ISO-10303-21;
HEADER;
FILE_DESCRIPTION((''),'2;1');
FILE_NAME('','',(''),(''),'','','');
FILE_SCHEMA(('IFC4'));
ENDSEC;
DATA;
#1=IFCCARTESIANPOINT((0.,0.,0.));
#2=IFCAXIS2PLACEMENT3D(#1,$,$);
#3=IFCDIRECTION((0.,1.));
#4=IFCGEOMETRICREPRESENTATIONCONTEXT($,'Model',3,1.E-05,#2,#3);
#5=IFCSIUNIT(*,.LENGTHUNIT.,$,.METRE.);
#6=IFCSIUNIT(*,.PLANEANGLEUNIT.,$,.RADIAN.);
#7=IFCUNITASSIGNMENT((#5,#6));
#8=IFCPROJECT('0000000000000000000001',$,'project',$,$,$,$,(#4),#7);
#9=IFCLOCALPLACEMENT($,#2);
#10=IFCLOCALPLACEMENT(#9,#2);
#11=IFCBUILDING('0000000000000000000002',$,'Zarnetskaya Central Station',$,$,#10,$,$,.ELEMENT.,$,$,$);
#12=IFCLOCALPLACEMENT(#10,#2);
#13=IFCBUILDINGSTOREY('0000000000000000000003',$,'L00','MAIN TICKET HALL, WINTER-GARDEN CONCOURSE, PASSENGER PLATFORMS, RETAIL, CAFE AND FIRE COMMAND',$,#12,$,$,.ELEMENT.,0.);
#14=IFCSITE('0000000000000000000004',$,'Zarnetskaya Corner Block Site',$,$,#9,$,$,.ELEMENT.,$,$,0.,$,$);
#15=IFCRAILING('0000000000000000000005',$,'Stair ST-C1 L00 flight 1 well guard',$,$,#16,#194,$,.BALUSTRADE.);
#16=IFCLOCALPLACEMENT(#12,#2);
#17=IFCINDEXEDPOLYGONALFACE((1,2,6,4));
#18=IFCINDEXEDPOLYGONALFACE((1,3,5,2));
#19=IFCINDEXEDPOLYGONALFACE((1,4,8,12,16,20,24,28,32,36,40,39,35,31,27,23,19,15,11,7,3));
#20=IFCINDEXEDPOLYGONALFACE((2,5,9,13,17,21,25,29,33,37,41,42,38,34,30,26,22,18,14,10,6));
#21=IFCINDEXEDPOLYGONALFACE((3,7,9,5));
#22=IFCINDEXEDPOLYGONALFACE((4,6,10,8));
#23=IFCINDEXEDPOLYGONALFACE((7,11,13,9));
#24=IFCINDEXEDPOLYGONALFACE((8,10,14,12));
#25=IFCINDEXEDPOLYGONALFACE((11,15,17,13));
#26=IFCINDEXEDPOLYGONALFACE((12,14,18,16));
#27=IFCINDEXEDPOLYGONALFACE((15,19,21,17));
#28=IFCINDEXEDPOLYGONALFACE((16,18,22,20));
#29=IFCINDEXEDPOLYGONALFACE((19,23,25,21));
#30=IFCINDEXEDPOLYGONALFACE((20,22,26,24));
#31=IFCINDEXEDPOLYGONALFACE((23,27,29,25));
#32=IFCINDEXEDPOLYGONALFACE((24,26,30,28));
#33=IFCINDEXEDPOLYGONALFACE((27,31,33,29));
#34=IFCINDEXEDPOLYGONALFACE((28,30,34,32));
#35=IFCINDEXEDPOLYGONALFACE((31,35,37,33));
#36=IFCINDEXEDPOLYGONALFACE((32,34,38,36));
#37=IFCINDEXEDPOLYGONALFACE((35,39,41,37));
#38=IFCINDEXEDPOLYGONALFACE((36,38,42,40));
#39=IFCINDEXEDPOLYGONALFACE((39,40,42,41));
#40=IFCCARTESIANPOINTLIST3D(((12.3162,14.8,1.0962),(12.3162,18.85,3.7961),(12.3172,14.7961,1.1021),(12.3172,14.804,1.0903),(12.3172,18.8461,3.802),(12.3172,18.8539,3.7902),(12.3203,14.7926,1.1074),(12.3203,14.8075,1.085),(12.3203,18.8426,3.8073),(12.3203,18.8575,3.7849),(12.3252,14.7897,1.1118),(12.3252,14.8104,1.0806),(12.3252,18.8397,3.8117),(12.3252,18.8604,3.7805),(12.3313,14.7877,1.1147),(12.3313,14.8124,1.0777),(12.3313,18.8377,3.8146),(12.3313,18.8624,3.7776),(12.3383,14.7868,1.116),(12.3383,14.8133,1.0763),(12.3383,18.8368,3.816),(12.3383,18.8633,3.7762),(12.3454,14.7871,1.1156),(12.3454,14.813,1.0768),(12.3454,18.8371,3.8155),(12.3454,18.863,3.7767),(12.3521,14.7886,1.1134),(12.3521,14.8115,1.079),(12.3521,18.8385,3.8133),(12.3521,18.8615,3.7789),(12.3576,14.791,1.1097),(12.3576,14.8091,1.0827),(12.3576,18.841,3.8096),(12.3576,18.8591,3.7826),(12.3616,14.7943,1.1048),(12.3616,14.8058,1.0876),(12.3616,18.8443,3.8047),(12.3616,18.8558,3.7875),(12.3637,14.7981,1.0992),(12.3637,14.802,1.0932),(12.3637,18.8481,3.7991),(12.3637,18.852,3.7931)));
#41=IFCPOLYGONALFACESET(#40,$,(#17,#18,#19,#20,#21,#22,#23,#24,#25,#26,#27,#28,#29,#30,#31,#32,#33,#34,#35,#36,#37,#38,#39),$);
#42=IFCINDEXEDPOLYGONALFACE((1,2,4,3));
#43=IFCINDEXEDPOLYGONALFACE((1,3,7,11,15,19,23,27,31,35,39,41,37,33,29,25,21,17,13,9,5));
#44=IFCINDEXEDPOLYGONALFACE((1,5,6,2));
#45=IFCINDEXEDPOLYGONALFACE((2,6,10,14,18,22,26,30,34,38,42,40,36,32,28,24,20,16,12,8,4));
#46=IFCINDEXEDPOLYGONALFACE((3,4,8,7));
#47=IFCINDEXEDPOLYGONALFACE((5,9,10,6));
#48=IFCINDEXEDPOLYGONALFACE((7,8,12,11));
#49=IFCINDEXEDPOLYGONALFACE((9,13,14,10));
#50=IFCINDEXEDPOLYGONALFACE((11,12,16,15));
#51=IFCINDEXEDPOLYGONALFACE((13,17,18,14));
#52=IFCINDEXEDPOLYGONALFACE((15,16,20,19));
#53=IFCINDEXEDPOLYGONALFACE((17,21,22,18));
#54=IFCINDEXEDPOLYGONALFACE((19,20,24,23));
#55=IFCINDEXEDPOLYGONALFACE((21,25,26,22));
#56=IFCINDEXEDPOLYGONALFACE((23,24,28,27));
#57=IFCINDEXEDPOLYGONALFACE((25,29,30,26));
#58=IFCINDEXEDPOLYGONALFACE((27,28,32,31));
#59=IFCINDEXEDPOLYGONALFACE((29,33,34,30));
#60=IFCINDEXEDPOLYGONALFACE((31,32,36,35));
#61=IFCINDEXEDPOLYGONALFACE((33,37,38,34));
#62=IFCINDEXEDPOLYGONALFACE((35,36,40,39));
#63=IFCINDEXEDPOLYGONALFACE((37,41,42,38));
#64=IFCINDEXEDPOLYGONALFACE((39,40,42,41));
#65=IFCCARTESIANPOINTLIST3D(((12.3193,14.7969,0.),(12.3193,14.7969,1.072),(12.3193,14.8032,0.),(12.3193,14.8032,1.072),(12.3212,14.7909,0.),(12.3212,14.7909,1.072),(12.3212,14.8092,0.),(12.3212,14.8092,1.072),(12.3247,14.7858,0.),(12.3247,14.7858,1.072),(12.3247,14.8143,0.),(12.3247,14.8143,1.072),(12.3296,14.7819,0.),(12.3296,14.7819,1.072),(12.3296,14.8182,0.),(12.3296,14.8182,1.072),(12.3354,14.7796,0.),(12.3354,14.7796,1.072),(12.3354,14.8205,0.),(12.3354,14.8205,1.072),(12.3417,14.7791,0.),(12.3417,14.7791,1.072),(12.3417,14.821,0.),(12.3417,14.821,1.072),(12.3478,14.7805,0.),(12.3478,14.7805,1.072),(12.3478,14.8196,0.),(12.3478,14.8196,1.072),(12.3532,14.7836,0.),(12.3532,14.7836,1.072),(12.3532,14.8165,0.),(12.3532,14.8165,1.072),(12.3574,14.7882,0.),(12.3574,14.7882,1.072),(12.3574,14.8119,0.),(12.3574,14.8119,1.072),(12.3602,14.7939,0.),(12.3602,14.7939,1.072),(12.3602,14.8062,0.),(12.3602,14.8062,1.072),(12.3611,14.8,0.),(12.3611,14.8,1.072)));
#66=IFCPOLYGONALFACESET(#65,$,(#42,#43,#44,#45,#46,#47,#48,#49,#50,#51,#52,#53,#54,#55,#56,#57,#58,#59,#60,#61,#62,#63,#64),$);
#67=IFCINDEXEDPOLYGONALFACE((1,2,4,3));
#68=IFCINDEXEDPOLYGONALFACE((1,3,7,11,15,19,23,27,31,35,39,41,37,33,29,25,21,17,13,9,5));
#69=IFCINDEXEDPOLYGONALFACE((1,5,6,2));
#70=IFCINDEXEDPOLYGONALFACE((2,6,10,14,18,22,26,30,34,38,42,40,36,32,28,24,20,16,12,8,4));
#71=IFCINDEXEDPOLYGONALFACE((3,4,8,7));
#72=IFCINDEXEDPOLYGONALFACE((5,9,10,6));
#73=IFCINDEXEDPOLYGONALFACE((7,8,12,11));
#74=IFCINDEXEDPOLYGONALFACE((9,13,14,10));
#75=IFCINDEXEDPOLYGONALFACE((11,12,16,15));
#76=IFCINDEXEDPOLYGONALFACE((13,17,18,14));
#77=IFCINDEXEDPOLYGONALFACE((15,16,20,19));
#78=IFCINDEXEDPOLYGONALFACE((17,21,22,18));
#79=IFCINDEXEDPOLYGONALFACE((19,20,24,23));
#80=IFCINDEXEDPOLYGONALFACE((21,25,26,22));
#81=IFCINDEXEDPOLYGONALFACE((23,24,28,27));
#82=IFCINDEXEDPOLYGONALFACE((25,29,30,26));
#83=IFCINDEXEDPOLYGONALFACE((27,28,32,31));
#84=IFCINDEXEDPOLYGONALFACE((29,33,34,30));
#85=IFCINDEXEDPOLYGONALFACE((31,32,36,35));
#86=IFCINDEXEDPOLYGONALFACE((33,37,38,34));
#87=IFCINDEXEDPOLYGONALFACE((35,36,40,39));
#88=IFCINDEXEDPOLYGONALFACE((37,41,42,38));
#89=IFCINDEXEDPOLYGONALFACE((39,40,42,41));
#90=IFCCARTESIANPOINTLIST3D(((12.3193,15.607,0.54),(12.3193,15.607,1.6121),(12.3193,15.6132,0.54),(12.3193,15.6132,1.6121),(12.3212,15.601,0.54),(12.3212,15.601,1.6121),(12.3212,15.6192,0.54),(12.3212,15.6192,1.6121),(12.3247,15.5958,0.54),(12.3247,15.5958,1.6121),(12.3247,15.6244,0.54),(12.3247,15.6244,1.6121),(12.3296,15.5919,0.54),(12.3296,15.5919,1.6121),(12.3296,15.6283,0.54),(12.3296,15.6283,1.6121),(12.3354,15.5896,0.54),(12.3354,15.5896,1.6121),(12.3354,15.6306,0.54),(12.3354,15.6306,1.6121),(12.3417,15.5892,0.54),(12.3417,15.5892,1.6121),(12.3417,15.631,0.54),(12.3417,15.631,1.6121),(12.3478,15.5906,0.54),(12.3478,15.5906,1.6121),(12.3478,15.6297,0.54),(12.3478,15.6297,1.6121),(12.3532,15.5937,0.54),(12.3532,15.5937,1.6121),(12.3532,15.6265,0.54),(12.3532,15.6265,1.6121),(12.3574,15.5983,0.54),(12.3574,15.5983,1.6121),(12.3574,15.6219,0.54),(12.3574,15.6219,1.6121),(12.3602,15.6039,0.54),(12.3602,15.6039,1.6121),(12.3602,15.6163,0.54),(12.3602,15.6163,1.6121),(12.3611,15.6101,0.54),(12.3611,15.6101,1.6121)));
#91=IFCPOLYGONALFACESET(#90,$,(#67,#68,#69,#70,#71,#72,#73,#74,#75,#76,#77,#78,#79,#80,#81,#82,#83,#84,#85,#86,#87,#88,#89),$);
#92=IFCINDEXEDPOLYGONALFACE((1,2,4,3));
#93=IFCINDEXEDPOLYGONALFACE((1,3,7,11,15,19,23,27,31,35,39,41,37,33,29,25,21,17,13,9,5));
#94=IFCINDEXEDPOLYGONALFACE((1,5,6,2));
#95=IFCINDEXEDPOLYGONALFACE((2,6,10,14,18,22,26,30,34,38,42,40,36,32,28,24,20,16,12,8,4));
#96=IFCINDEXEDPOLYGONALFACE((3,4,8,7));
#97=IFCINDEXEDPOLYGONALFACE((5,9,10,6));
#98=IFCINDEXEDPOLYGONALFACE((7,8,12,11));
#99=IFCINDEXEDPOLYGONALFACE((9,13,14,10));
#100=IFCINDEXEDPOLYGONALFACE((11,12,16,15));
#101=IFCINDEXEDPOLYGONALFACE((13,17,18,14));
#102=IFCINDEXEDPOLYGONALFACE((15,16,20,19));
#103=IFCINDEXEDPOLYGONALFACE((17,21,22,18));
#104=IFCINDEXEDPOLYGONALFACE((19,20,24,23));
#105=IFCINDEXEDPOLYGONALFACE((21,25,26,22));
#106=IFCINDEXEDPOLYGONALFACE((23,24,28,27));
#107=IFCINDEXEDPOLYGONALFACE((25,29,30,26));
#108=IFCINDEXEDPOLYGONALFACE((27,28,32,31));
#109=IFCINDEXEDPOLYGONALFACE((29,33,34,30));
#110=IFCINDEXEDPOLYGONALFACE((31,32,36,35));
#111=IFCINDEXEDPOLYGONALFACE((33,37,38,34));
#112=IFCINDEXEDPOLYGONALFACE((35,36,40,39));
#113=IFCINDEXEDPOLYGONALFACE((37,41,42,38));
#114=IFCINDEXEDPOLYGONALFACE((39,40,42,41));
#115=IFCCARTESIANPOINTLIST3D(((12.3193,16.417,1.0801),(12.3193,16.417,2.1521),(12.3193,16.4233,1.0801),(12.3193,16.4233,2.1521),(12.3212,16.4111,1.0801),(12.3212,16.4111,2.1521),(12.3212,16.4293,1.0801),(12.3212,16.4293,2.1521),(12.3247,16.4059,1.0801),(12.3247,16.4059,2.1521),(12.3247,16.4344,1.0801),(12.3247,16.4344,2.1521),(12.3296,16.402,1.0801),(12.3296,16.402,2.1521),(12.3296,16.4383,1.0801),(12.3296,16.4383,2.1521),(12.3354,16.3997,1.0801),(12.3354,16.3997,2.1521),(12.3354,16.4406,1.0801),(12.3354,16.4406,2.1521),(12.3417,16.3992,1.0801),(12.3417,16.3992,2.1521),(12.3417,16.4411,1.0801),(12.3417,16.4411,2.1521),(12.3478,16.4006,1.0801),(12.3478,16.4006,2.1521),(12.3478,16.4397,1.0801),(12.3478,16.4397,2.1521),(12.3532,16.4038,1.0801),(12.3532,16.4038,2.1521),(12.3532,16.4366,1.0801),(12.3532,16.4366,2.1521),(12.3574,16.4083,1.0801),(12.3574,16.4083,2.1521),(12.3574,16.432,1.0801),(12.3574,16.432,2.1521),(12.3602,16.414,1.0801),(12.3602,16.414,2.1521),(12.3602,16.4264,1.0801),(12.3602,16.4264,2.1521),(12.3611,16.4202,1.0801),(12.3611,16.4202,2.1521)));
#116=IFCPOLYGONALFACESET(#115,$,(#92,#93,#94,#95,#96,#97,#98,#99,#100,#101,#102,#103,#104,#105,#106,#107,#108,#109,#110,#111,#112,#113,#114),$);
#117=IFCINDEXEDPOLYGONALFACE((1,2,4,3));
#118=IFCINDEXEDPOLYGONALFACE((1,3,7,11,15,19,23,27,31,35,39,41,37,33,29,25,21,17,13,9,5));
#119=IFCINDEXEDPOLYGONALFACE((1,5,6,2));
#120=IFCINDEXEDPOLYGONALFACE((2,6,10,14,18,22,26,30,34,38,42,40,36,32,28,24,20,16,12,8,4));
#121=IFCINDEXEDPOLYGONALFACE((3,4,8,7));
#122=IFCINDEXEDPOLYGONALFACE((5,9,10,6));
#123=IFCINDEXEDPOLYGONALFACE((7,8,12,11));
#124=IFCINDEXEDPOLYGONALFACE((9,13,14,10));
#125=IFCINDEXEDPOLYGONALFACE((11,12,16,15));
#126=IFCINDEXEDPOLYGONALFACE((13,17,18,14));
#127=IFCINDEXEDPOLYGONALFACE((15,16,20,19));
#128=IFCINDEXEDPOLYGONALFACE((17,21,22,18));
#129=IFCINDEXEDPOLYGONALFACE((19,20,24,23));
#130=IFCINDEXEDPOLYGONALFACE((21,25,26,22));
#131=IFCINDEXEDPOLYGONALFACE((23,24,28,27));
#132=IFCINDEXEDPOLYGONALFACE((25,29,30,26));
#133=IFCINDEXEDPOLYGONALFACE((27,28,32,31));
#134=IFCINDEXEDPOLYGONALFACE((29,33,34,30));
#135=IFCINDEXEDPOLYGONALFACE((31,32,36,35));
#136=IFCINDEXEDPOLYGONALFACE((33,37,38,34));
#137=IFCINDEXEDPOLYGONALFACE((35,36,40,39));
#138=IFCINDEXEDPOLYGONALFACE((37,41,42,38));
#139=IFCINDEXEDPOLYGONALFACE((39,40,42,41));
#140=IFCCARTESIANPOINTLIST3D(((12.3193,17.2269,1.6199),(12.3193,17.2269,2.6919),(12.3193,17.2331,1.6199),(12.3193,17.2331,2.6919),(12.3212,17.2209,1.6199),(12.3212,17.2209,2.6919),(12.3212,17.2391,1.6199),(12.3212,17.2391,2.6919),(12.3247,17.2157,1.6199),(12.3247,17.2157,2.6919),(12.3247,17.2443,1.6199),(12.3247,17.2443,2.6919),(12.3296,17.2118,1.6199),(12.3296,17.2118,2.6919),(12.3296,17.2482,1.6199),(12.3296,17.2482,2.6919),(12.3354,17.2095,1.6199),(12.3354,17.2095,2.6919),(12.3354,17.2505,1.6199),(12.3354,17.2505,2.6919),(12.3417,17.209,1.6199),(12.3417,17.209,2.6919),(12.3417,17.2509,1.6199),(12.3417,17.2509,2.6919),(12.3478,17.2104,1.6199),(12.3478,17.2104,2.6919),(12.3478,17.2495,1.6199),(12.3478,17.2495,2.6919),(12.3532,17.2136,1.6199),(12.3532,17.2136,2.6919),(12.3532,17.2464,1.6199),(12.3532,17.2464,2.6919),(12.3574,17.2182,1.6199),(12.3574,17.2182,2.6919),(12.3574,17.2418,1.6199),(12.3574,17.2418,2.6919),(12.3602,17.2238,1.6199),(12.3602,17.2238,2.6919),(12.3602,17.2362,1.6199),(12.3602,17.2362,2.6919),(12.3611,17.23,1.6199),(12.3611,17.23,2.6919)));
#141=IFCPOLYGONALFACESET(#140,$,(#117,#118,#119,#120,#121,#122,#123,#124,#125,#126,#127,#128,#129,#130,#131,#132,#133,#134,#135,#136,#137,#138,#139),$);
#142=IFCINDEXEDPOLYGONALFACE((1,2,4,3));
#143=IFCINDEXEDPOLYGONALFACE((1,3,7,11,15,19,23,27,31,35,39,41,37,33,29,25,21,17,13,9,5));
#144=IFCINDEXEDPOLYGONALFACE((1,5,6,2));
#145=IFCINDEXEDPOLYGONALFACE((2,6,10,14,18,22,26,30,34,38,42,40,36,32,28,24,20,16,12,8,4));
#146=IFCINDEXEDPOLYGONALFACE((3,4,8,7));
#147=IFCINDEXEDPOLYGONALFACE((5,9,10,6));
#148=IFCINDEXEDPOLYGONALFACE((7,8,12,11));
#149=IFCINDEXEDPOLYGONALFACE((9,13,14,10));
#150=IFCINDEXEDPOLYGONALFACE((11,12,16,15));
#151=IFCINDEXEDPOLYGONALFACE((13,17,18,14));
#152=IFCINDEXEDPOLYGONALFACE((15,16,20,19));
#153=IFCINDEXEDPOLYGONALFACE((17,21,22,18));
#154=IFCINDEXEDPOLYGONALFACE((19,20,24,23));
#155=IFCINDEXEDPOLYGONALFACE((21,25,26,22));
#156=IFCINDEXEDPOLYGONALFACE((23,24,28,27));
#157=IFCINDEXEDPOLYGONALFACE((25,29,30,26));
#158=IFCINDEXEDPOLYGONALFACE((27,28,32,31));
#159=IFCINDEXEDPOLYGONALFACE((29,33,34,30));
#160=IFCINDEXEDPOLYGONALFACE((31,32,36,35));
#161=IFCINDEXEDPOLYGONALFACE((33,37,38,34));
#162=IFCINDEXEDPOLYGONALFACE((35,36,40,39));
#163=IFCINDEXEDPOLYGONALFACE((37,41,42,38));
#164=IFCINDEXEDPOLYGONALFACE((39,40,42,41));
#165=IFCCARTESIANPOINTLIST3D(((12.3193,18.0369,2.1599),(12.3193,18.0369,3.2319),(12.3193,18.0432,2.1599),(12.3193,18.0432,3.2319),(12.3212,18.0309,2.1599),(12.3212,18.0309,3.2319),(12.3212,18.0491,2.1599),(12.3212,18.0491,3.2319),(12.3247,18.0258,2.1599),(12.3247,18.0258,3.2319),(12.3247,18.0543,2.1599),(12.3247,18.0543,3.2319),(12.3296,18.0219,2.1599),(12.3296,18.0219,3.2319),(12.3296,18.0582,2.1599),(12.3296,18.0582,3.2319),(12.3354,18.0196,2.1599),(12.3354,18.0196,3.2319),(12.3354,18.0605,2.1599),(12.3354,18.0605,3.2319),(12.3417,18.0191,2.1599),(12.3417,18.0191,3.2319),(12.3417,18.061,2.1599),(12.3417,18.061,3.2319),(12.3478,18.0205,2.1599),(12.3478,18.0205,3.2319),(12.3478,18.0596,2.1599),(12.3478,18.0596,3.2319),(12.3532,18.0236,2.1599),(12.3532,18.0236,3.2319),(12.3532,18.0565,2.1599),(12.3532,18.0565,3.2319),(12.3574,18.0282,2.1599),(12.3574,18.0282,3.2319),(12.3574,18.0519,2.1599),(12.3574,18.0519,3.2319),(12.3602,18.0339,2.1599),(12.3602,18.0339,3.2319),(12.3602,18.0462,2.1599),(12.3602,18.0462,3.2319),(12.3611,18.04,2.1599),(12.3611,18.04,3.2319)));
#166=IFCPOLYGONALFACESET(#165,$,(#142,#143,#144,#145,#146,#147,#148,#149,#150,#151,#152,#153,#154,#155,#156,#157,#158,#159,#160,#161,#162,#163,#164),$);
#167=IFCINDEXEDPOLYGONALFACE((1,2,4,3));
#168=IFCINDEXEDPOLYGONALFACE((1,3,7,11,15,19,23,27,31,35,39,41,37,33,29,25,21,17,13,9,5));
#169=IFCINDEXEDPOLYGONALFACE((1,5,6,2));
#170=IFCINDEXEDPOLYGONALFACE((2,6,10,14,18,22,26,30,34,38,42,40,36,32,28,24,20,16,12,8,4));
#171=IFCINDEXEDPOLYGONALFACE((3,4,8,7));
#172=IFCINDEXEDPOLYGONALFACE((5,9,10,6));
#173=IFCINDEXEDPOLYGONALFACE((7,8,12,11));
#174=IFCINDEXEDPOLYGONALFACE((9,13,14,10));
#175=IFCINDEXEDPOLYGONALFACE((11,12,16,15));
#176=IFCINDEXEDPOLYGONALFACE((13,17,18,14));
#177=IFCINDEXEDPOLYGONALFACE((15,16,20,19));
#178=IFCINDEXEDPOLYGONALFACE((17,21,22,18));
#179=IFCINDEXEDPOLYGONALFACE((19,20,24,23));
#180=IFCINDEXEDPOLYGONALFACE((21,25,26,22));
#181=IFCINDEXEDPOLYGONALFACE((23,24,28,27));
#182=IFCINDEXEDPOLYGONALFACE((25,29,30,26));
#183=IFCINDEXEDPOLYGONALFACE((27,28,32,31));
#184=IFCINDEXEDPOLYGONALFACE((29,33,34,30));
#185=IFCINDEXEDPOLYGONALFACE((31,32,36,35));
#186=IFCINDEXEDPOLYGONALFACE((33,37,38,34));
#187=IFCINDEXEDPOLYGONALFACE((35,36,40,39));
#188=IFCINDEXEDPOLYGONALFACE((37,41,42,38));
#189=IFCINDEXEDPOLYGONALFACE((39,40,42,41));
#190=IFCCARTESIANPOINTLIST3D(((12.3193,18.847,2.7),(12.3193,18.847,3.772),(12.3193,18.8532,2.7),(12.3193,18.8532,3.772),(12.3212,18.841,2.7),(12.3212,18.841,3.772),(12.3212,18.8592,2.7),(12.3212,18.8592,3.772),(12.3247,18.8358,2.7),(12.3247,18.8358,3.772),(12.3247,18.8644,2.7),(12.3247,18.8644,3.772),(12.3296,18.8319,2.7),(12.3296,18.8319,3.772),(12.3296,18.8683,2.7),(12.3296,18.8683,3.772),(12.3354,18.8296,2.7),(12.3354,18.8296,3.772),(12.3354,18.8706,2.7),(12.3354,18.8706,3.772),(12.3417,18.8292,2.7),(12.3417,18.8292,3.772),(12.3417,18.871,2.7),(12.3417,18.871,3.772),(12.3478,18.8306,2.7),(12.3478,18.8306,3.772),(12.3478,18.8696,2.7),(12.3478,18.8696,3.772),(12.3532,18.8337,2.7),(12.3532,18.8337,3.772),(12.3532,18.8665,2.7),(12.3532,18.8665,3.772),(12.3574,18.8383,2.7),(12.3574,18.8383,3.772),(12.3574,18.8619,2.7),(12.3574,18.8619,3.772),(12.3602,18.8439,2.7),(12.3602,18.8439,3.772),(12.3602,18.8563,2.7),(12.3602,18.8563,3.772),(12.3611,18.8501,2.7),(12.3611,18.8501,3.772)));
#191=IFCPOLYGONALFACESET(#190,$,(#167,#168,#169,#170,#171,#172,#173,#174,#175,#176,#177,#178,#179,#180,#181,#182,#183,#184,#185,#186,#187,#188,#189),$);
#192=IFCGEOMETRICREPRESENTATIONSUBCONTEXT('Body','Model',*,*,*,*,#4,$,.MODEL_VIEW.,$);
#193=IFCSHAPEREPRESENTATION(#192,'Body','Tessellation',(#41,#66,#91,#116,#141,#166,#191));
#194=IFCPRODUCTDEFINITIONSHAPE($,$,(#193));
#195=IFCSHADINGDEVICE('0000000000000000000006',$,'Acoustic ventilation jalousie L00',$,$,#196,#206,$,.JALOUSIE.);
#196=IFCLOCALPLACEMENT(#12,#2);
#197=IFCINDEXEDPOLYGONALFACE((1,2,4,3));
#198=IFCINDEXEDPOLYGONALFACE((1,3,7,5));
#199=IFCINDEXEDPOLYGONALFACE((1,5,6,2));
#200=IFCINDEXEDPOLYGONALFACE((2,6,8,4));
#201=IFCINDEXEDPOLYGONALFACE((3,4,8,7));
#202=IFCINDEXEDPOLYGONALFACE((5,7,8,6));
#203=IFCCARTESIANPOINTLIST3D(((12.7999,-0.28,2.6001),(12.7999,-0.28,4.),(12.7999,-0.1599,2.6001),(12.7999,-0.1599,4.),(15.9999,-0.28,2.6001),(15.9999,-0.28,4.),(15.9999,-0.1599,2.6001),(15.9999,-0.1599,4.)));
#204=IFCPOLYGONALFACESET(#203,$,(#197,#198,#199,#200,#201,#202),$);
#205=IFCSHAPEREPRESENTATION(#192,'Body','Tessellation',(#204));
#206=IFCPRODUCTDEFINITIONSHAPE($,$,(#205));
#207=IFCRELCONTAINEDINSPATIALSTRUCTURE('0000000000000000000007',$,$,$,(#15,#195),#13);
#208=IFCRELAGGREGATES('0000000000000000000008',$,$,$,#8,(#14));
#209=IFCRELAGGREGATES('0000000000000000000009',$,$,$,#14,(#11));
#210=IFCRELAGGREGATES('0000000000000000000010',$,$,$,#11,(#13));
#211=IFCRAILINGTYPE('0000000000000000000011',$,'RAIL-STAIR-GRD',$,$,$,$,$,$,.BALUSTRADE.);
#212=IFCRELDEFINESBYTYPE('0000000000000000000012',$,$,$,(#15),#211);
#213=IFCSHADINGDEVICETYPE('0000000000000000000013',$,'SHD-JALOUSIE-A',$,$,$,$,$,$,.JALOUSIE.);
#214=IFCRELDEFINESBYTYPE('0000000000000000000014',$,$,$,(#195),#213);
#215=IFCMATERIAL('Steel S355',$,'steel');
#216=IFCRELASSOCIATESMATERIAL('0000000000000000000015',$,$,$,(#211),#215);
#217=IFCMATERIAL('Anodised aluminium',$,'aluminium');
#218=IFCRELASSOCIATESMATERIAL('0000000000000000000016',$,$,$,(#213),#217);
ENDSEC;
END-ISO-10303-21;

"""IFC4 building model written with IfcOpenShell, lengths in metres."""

from ifc_helpers import new_model, si_unit, direction, frame, origin, origin_2d, place, context, subcontext, project, spatial, rectangle, circle, extrude, material, type_object, element, save


model = new_model("IFC4")

# Units and contexts
model_context = context("Model", 3, precision=1e-05, world=origin(), true_north=direction((0.0, 1.0)))
body_context = subcontext(model_context, "Body", "Model", "MODEL_VIEW")
ifc_project = project(units=[si_unit("LENGTHUNIT", "METRE"), si_unit("PLANEANGLEUNIT", "RADIAN")], contexts=[model_context])

# Site, building, storey
site_placement = place(None, origin())
site = spatial("IfcSite", under=ifc_project, at=site_placement, Name="Zarnetskaya Corner Block Site", CompositionType="ELEMENT", RefElevation=0.0)
building_placement = place(site_placement, origin())
building = spatial("IfcBuilding", under=site, at=building_placement, Name="Zarnetskaya Central Station", CompositionType="ELEMENT")
storey_placement = place(building_placement, origin())
storey = spatial("IfcBuildingStorey", under=building, at=storey_placement, Name="L00", Description="MAIN TICKET HALL, WINTER-GARDEN CONCOURSE, PASSENGER PLATFORMS, RETAIL, CAFE AND FIRE COMMAND", CompositionType="ELEMENT", Elevation=0.0)

# Shared definitions
ifc_material_1 = material(Name="Steel S355", Category="steel")

# Shared definitions
ifc_material_2 = material(Name="Anodised aluminium", Category="aluminium")

# Railing
railing_type_1 = type_object("IfcRailingType", Name="RAIL-STAIR-GRD", PredefinedType="BALUSTRADE", material=ifc_material_1)
railing_1_placement = place(storey_placement, frame((12.3401, 14.8, 0.0)))
element("IfcRailing", 1, at=railing_1_placement, inside=storey, type_object=railing_type_1, Name="Stair ST-C1 L00 flight 1 well guard", PredefinedType="BALUSTRADE", context=body_context, shape_type="SweptSolid", body=[
    extrude(circle(Radius=0.0239, at=origin_2d()), frame((0.0, 0.0, 1.0962), z_axis=(0.0, 0.832058, 0.554689), x_axis=(-1.0, 0.0, 0.0)), (0.0, 0.0, 1.0), 4.8674),
    extrude(circle(Radius=0.021, at=origin_2d()), origin(), (0.0, 0.0, 1.0), 1.072),
    extrude(circle(Radius=0.021, at=origin_2d()), frame((0.0, 0.8101, 0.54)), (0.0, 0.0, 1.0), 1.072),
    extrude(circle(Radius=0.021, at=origin_2d()), frame((0.0, 1.6201, 1.0801)), (0.0, 0.0, 1.0), 1.072),
    extrude(circle(Radius=0.021, at=origin_2d()), frame((0.0, 2.4299, 1.6199)), (0.0, 0.0, 1.0), 1.072),
    extrude(circle(Radius=0.021, at=origin_2d()), frame((0.0, 3.24, 2.1599)), (0.0, 0.0, 1.0), 1.072),
    extrude(circle(Radius=0.021, at=origin_2d()), frame((0.0, 4.05, 2.7)), (0.0, 0.0, 1.0), 1.072),
])

# Shading device
shading_device_type = type_object("IfcShadingDeviceType", Name="SHD-JALOUSIE-A", PredefinedType="JALOUSIE", material=ifc_material_2)
shading_device_placement = place(storey_placement, frame((14.3999, -0.22, 2.6001), z_axis=(0.0, 0.0, 1.0), x_axis=(-1.0, 0.0, 0.0)))
element("IfcShadingDevice", 2, at=shading_device_placement, inside=storey, type_object=shading_device_type, Name="Acoustic ventilation jalousie L00", PredefinedType="JALOUSIE", context=body_context, shape_type="SweptSolid", body=[
    extrude(rectangle(XDim=3.2, YDim=0.1201, at=origin_2d()), origin(), (0.0, 0.0, 1.0), 1.3999),
])

save(model, "model.ifc")
